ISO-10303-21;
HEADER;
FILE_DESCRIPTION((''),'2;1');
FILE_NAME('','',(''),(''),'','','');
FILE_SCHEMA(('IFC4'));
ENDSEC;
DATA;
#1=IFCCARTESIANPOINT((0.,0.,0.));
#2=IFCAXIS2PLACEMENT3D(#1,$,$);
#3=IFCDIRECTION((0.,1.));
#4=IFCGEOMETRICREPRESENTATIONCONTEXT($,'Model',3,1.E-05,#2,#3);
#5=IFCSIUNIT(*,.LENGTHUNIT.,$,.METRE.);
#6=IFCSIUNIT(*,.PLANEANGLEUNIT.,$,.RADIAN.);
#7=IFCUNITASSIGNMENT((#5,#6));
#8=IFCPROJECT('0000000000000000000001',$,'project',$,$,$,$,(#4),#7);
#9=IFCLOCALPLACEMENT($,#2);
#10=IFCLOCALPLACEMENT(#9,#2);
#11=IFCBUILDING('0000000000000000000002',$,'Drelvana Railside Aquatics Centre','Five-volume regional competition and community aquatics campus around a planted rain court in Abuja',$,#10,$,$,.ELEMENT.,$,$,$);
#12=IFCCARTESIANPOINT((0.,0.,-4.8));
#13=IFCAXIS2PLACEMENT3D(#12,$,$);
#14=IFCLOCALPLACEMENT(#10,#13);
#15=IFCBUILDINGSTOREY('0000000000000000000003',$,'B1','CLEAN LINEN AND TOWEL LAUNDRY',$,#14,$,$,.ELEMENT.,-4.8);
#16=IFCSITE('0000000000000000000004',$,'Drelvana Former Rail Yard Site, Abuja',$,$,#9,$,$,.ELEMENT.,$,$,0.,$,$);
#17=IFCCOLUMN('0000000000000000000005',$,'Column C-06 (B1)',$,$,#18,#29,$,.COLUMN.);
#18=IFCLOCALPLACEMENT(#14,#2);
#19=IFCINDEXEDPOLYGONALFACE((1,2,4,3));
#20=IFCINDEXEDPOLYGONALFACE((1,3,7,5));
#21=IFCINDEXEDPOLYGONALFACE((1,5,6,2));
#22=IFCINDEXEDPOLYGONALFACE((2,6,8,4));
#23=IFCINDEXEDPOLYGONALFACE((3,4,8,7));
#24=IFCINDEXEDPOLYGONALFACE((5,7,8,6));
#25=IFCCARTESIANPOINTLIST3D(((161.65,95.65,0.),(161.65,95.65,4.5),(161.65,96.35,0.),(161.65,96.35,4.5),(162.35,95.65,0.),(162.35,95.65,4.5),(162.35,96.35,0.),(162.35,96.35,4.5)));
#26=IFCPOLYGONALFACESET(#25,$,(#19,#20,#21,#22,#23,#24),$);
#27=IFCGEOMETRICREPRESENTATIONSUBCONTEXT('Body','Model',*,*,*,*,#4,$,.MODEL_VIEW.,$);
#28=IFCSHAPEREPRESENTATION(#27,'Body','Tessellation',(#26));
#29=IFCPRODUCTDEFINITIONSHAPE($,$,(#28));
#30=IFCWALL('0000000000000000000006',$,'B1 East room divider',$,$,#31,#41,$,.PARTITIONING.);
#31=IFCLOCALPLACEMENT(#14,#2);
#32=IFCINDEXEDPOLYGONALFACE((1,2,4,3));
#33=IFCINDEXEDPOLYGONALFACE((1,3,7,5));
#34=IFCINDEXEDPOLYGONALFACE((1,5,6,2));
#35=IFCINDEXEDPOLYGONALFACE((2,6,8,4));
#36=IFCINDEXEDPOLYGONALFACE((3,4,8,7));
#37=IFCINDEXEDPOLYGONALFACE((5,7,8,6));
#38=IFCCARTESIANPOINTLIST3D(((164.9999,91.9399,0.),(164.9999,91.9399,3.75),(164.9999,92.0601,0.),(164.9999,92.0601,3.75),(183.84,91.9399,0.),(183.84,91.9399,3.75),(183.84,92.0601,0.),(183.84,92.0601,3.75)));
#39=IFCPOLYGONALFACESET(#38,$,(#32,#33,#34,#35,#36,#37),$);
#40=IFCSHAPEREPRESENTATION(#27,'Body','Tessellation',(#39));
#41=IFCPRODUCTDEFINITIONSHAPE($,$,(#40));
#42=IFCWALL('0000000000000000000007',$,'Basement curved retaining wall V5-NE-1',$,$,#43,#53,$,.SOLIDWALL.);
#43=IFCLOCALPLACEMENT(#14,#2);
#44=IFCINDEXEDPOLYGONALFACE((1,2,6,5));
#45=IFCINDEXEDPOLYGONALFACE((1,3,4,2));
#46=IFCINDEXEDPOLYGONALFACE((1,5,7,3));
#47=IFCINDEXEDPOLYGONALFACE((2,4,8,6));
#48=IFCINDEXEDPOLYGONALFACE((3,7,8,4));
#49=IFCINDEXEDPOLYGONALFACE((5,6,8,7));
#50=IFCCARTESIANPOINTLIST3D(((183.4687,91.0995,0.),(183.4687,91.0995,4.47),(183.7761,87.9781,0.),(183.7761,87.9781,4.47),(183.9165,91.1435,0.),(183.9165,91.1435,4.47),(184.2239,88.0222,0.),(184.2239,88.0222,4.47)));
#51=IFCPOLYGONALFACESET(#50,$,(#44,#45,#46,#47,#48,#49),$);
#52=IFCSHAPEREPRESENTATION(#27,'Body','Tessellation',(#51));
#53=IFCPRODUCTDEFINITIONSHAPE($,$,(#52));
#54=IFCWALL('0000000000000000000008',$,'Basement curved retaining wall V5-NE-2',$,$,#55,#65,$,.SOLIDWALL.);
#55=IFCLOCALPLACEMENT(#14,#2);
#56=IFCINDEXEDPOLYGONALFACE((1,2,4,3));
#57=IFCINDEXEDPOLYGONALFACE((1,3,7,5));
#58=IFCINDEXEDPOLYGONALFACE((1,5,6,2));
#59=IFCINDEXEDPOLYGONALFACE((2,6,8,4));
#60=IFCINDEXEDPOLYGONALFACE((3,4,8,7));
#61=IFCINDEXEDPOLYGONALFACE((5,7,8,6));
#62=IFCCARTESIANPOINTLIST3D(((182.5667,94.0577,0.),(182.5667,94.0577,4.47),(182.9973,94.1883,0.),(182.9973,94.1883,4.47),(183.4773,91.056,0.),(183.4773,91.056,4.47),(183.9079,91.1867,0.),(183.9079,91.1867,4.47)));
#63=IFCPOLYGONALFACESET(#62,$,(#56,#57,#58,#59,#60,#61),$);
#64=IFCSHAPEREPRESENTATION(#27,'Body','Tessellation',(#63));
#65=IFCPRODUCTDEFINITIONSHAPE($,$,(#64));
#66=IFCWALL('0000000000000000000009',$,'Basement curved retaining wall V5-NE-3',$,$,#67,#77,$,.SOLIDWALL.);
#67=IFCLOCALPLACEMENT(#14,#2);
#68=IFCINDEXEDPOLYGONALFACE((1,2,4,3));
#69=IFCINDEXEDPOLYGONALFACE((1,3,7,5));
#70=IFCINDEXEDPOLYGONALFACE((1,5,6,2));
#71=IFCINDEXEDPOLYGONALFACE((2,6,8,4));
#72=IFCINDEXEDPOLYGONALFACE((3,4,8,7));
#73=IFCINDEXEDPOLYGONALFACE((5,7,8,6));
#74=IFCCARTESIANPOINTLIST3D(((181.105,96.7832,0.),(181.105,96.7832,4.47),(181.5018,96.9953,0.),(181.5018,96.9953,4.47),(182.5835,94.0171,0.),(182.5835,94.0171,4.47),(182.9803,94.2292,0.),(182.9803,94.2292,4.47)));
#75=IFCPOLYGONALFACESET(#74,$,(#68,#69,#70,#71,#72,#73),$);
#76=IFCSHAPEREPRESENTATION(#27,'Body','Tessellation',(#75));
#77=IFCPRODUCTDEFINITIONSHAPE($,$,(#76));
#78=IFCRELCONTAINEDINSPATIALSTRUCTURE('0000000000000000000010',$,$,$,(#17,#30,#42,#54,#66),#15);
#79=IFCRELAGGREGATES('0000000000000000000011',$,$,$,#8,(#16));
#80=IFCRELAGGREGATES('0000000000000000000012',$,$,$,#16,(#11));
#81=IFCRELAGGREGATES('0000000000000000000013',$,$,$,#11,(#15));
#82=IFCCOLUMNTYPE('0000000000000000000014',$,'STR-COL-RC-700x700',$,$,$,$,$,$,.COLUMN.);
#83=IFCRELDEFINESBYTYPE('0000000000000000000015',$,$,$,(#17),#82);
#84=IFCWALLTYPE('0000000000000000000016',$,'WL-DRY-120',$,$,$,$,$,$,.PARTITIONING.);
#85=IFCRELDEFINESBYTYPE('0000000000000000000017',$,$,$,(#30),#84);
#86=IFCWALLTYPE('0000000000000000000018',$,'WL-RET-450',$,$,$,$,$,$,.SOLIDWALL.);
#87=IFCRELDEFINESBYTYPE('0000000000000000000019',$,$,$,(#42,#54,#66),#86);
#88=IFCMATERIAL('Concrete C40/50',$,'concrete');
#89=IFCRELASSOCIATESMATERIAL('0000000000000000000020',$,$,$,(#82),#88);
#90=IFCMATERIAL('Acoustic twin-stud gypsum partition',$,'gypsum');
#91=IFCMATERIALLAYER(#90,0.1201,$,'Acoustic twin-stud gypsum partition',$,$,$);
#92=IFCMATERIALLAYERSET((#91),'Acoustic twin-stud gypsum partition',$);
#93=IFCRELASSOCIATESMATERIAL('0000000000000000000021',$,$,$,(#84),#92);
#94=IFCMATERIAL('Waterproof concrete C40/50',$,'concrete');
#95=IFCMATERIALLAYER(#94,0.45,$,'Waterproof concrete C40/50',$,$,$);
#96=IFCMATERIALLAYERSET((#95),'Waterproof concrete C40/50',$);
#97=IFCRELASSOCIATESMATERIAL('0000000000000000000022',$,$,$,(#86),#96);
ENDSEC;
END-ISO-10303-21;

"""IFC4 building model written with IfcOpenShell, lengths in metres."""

from ifc_helpers import new_model, si_unit, direction, frame, frame_2d, origin, origin_2d, place, context, subcontext, project, spatial, rectangle, extrude, material, layer, layer_set, material_profile, profile_set, type_object, element, save


model = new_model("IFC4")

# Units and contexts
model_context = context("Model", 3, precision=1e-05, world=origin(), true_north=direction((0.0, 1.0)))
body_context = subcontext(model_context, "Body", "Model", "MODEL_VIEW")
ifc_project = project(units=[si_unit("LENGTHUNIT", "METRE"), si_unit("PLANEANGLEUNIT", "RADIAN")], contexts=[model_context])

# Site, building, storey
site_placement = place(None, origin())
site = spatial("IfcSite", under=ifc_project, at=site_placement, Name="Drelvana Former Rail Yard Site, Abuja", CompositionType="ELEMENT", RefElevation=0.0)
building_placement = place(site_placement, origin())
building = spatial("IfcBuilding", under=site, at=building_placement, Name="Drelvana Railside Aquatics Centre", Description="Five-volume regional competition and community aquatics campus around a planted rain court in Abuja", CompositionType="ELEMENT")
storey_placement = place(building_placement, frame((0.0, 0.0, -4.8)))
storey = spatial("IfcBuildingStorey", under=building, at=storey_placement, Name="B1", Description="CLEAN LINEN AND TOWEL LAUNDRY", CompositionType="ELEMENT", Elevation=-4.8)

# Column
ifc_material_1 = material(Name="Concrete C40/50", Category="concrete")
ifc_material_profile_1 = material_profile(ifc_material_1, rectangle(XDim=0.7, YDim=0.7, at=origin_2d()), Name="RC 700x700")
ifc_profile_set_1 = profile_set([ifc_material_profile_1], Name="Concrete C40/50")
column_type = type_object("IfcColumnType", Name="STR-COL-RC-700x700", PredefinedType="COLUMN", material=ifc_profile_set_1)
for number, where, z_axis, x_axis, name in (
    (1, (162.0, 96.0, 0.0), (0.0, 0.0, 1.0), (1.0, 0.0, 0.0), "Column C-06 (B1)"),
):
    element("IfcColumn", number, at=place(storey_placement, frame(where, z_axis=z_axis, x_axis=x_axis)), inside=storey, type_object=column_type, Name=name, PredefinedType="COLUMN", context=body_context, shape_type="SweptSolid", body=[
        extrude(rectangle(XDim=0.7, YDim=0.7, at=origin_2d()), origin(), (0.0, 0.0, 1.0), 4.5),
    ])

# Walls
ifc_material_2 = material(Name="Acoustic twin-stud gypsum partition", Category="gypsum")
ifc_layer_1 = layer(ifc_material_2, 0.1201, Name="Acoustic twin-stud gypsum partition")
ifc_layer_set_1 = layer_set([ifc_layer_1], Name="Acoustic twin-stud gypsum partition")
wall_type_1 = type_object("IfcWallType", Name="WL-DRY-120", PredefinedType="PARTITIONING", material=ifc_layer_set_1)
wall_1_placement = place(storey_placement, frame((165.0, 92.0, 0.0), z_axis=(0.0, 0.0, 1.0), x_axis=(1.0, 0.0, 0.0)))
element("IfcWall", 2, at=wall_1_placement, inside=storey, type_object=wall_type_1, Name="B1 East room divider", PredefinedType="PARTITIONING", context=body_context, shape_type="SweptSolid", body=[
    extrude(rectangle(XDim=18.8401, YDim=0.1201, at=frame_2d((9.4199, 0.0))), origin(), (0.0, 0.0, 1.0), 3.75),
])
ifc_material_3 = material(Name="Waterproof concrete C40/50", Category="concrete")
ifc_layer_2 = layer(ifc_material_3, 0.45, Name="Waterproof concrete C40/50")
ifc_layer_set_2 = layer_set([ifc_layer_2], Name="Waterproof concrete C40/50")
wall_type_2 = type_object("IfcWallType", Name="WL-RET-450", PredefinedType="SOLIDWALL", material=ifc_layer_set_2)
wall_2_placement = place(storey_placement, frame((184.0, 88.0, 0.0), z_axis=(0.0, 0.0, 1.0), x_axis=(-0.098001, 0.995186, 0.0)))
element("IfcWall", 3, at=wall_2_placement, inside=storey, type_object=wall_type_2, Name="Basement curved retaining wall V5-NE-1", PredefinedType="SOLIDWALL", context=body_context, shape_type="SweptSolid", body=[
    extrude(rectangle(XDim=3.1365, YDim=0.45, at=frame_2d((1.5684, 0.0))), origin(), (0.0, 0.0, 1.0), 4.47),
])
wall_3_placement = place(storey_placement, frame((183.6926, 91.1213, 0.0), z_axis=(0.0, 0.0, 1.0), x_axis=(-0.29031, 0.956933, 0.0)))
element("IfcWall", 4, at=wall_3_placement, inside=storey, type_object=wall_type_2, Name="Basement curved retaining wall V5-NE-2", PredefinedType="SOLIDWALL", context=body_context, shape_type="SweptSolid", body=[
    extrude(rectangle(XDim=3.1367, YDim=0.45, at=frame_2d((1.5684, 0.0))), origin(), (0.0, 0.0, 1.0), 4.47),
])
wall_4_placement = place(storey_placement, frame((182.782, 94.123, 0.0), z_axis=(0.0, 0.0, 1.0), x_axis=(-0.471396, 0.881922, 0.0)))
element("IfcWall", 5, at=wall_4_placement, inside=storey, type_object=wall_type_2, Name="Basement curved retaining wall V5-NE-3", PredefinedType="SOLIDWALL", context=body_context, shape_type="SweptSolid", body=[
    extrude(rectangle(XDim=3.1365, YDim=0.45, at=frame_2d((1.5684, 0.0))), origin(), (0.0, 0.0, 1.0), 4.47),
])

save(model, "model.ifc")
